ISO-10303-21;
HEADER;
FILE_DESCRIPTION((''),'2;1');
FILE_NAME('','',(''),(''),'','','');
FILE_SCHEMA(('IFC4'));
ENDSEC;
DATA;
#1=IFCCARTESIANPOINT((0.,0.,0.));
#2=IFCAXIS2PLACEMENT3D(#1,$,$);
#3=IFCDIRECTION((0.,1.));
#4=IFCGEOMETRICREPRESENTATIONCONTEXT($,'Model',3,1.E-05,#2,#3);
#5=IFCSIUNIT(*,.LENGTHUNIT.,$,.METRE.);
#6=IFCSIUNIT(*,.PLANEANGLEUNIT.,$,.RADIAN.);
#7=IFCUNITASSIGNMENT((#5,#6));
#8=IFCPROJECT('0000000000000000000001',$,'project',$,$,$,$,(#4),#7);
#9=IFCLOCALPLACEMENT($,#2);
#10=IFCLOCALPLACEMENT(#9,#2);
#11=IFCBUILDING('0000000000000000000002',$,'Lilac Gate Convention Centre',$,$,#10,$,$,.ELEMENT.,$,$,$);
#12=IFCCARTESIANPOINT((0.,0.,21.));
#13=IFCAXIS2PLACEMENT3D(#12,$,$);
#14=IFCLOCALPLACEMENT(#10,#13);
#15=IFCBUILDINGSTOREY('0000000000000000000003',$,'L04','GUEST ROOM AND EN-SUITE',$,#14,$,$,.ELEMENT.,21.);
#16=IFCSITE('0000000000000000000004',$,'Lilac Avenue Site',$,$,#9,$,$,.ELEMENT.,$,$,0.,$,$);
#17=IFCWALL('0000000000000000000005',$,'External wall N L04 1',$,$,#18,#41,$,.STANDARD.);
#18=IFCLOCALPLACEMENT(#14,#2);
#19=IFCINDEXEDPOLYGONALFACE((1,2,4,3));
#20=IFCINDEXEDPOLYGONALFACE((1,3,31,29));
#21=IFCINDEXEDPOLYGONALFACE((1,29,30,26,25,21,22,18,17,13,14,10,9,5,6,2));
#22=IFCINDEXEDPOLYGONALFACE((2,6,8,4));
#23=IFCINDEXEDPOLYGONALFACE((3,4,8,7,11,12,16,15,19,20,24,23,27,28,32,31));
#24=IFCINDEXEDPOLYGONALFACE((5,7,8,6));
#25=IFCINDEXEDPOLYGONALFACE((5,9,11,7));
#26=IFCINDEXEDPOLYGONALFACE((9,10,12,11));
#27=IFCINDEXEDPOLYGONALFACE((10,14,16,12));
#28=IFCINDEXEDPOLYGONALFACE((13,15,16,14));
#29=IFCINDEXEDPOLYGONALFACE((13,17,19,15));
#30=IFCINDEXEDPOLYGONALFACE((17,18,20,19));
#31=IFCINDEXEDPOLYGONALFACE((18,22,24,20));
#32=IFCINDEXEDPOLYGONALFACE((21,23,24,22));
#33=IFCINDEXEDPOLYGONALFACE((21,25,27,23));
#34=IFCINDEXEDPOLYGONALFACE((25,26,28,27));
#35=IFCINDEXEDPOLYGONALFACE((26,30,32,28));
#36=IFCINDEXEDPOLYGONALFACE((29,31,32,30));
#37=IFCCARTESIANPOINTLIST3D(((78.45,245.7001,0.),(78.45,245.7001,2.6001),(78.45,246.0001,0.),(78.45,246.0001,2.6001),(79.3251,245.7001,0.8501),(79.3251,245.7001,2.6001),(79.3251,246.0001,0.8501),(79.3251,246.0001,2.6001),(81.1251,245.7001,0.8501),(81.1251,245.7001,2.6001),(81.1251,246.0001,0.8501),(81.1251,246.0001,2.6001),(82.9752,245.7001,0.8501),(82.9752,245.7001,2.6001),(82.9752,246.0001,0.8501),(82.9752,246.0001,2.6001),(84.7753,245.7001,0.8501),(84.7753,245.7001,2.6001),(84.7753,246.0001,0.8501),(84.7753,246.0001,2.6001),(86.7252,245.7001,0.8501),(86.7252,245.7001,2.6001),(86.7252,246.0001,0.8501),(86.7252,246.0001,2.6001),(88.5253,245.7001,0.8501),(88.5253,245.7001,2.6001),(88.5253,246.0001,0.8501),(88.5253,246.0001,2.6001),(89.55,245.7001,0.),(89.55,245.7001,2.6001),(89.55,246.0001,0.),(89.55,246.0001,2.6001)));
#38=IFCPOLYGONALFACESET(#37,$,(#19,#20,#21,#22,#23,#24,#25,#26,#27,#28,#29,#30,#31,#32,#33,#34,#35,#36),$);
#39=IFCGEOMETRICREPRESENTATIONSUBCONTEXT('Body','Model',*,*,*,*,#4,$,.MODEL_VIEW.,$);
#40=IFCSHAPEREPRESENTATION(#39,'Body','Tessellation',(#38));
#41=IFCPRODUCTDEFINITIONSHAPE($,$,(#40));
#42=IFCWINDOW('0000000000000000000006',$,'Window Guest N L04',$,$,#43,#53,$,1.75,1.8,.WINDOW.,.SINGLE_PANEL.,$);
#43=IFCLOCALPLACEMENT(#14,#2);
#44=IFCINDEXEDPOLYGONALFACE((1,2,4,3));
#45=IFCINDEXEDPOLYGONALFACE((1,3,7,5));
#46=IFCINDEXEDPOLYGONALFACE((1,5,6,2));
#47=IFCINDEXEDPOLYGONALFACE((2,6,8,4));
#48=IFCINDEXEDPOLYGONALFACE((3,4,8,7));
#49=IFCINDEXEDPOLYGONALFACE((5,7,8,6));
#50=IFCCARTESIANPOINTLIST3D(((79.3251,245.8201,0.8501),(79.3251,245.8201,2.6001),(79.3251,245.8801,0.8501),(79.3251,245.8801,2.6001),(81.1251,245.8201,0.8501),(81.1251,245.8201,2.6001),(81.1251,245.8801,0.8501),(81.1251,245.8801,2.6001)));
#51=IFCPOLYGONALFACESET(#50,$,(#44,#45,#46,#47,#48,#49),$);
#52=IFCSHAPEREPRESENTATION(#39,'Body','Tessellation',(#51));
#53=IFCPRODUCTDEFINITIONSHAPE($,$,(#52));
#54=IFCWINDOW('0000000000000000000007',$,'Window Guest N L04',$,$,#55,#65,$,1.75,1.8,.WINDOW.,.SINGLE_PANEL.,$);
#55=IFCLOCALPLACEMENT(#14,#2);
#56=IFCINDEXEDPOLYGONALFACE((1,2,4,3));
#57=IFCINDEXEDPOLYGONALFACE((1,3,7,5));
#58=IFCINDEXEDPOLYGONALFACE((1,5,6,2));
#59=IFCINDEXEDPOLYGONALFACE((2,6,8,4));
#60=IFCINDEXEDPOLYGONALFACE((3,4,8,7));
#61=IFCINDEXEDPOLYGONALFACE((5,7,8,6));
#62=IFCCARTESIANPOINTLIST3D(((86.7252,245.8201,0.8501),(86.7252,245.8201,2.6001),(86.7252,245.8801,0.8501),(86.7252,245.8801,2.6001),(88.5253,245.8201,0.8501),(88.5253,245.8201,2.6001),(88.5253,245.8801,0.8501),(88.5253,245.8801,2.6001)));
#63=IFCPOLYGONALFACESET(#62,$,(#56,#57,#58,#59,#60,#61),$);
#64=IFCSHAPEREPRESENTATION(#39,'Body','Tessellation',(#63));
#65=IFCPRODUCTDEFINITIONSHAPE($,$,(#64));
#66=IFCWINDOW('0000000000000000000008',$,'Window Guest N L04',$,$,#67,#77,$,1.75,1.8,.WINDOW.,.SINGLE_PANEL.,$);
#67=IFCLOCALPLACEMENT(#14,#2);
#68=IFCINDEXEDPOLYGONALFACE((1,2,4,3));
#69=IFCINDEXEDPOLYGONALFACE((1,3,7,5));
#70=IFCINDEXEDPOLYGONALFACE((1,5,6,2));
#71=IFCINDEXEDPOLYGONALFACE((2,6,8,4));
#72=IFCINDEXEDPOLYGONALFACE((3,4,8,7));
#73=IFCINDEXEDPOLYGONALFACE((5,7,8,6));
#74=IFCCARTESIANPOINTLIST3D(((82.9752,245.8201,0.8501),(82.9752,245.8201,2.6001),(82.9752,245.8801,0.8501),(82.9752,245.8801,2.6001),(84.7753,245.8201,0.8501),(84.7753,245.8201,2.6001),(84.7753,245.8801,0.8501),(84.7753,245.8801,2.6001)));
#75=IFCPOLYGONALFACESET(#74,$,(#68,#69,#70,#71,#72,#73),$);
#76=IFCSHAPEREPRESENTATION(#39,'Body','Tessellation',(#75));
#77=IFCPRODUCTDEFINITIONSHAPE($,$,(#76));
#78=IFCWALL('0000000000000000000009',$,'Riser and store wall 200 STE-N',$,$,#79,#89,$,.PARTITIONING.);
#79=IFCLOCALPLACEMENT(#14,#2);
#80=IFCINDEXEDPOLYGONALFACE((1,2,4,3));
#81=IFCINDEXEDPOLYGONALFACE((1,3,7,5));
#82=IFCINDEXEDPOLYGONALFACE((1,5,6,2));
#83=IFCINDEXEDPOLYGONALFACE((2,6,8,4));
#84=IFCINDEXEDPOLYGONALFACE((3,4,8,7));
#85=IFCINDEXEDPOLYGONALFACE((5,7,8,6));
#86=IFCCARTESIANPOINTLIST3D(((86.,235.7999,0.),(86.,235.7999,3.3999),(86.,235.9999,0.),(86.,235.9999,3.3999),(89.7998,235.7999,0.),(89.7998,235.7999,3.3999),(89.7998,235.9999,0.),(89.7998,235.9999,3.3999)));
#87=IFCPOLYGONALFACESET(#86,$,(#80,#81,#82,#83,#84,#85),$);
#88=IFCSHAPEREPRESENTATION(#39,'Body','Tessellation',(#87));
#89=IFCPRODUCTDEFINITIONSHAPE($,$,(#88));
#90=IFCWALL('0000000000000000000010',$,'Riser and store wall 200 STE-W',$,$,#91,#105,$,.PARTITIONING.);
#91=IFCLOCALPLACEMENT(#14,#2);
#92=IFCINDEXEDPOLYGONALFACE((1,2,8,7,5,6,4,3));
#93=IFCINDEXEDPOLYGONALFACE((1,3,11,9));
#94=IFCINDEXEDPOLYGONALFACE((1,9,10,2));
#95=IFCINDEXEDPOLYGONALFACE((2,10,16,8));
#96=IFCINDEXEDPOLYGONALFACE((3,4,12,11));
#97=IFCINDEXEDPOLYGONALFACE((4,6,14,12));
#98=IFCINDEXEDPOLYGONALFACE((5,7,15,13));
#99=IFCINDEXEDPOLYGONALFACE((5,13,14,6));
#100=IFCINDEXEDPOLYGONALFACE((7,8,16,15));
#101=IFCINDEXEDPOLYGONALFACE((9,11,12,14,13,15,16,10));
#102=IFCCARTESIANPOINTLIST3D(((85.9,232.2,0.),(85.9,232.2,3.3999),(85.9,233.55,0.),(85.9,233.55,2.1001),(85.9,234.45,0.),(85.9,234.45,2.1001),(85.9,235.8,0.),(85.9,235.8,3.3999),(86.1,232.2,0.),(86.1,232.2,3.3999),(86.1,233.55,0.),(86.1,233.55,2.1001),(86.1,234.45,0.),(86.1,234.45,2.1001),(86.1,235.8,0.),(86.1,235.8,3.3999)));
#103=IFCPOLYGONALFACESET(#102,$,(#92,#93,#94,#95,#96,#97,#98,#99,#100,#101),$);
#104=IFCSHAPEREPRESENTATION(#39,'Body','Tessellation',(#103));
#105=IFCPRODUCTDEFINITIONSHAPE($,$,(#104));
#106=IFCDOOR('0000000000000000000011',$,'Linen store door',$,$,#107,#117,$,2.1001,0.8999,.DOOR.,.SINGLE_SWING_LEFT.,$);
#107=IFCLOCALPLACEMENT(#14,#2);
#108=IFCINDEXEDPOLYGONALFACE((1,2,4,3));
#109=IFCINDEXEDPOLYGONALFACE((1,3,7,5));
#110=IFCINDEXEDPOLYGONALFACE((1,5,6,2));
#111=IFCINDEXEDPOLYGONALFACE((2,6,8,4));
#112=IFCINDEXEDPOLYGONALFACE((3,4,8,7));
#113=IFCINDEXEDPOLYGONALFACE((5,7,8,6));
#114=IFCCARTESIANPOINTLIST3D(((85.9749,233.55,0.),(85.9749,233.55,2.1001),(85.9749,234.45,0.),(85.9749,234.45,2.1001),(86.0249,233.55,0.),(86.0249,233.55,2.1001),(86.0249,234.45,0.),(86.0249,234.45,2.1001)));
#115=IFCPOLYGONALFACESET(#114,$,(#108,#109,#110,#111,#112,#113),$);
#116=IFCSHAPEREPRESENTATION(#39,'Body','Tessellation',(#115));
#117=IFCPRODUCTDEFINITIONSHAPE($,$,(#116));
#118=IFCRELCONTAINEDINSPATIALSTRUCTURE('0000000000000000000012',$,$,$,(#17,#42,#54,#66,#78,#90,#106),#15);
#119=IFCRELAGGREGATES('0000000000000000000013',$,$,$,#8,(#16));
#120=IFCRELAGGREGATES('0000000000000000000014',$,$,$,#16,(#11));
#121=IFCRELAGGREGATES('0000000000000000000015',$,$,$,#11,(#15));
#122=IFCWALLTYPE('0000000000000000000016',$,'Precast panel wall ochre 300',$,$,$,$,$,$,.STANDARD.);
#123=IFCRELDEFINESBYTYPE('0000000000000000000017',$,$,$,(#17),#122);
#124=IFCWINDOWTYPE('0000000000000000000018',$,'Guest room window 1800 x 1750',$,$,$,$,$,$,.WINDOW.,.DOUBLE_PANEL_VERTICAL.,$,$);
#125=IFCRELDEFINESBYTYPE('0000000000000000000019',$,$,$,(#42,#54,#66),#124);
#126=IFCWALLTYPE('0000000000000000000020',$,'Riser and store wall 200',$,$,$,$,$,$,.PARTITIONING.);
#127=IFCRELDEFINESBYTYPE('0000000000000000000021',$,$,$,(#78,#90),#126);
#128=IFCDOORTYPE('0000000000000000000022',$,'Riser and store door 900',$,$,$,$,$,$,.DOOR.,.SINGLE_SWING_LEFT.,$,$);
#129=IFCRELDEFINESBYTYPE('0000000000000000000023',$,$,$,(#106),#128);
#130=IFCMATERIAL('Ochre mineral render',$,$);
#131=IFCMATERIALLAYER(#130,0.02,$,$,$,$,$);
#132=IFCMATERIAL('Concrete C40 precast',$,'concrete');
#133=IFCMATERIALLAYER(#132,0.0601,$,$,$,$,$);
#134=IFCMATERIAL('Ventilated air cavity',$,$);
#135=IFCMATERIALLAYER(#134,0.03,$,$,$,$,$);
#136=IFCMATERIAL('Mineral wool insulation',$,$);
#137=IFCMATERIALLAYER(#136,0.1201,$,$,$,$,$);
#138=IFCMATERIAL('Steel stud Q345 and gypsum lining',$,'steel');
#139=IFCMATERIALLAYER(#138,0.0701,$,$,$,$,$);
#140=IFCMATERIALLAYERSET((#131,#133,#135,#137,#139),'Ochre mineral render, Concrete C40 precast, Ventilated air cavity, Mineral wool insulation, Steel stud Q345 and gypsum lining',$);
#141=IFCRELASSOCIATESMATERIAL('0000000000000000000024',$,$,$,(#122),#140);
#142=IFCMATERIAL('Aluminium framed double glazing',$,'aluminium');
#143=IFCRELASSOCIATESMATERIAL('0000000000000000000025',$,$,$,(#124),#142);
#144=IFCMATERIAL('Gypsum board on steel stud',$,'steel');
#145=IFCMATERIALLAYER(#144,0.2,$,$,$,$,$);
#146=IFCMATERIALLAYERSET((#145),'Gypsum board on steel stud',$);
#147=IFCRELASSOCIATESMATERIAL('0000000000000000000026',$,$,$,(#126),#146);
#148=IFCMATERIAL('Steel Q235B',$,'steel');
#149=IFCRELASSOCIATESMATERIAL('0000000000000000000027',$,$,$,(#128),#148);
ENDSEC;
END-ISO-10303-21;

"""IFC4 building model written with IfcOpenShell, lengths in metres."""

from ifc_helpers import new_model, si_unit, direction, frame, frame_2d, origin, place, context, subcontext, project, spatial, rectangle, extrude, material, layer, layer_set, type_object, element, fill, save


model = new_model("IFC4")

# Units and contexts
model_context = context("Model", 3, precision=1e-05, world=origin(), true_north=direction((0.0, 1.0)))
body_context = subcontext(model_context, "Body", "Model", "MODEL_VIEW")
ifc_project = project(units=[si_unit("LENGTHUNIT", "METRE"), si_unit("PLANEANGLEUNIT", "RADIAN")], contexts=[model_context])

# Site, building, storey
site_placement = place(None, origin())
site = spatial("IfcSite", under=ifc_project, at=site_placement, Name="Lilac Avenue Site", CompositionType="ELEMENT", RefElevation=0.0)
building_placement = place(site_placement, origin())
building = spatial("IfcBuilding", under=site, at=building_placement, Name="Lilac Gate Convention Centre", CompositionType="ELEMENT")
storey_placement = place(building_placement, frame((0.0, 0.0, 21.0)))
storey = spatial("IfcBuildingStorey", under=building, at=storey_placement, Name="L04", Description="GUEST ROOM AND EN-SUITE", CompositionType="ELEMENT", Elevation=21.0)

# Shared definitions
ifc_material_1 = material(Name="Aluminium framed double glazing", Category="aluminium")

# Shared definitions
ifc_material_2 = material(Name="Gypsum board on steel stud", Category="steel")

# Shared definitions
ifc_material_3 = material(Name="Concrete C40 precast", Category="concrete")
ifc_material_4 = material(Name="Ochre mineral render")

# Wall, openings, windows
ifc_layer_1 = layer(ifc_material_4, 0.02)
ifc_layer_2 = layer(ifc_material_3, 0.0601)
ifc_material_5 = material(Name="Ventilated air cavity")
ifc_layer_3 = layer(ifc_material_5, 0.03)
ifc_material_6 = material(Name="Mineral wool insulation")
ifc_layer_4 = layer(ifc_material_6, 0.1201)
ifc_material_7 = material(Name="Steel stud Q345 and gypsum lining", Category="steel")
ifc_layer_5 = layer(ifc_material_7, 0.0701)
ifc_layer_set_1 = layer_set([ifc_layer_1, ifc_layer_2, ifc_layer_3, ifc_layer_4, ifc_layer_5], Name="Ochre mineral render, Concrete C40 precast, Ventilated air cavity, Mineral wool insulation, Steel stud Q345 and gypsum lining")
wall_type_1 = type_object("IfcWallType", Name="Precast panel wall ochre 300", PredefinedType="STANDARD", material=ifc_layer_set_1)
wall_1_placement = place(storey_placement, frame((89.55, 245.8501, 0.0), z_axis=(0.0, 0.0, 1.0), x_axis=(-1.0, 0.0, 0.0)))
wall_1 = element("IfcWall", 1, at=wall_1_placement, inside=storey, type_object=wall_type_1, Name="External wall N L04 1", PredefinedType="STANDARD", context=body_context, shape_type="SweptSolid", body=[
    extrude(rectangle(XDim=11.1001, YDim=0.3, at=frame_2d((5.55, 0.0))), origin(), (0.0, 0.0, 1.0), 2.6001),
])
opening_1_placement = place(wall_1_placement, frame((8.425, 0.0, 0.8501)))
opening_1 = element("IfcOpeningElement", 2, at=opening_1_placement, cuts=wall_1, PredefinedType="OPENING", context=body_context, shape_type="SweptSolid", body=[
    extrude(rectangle(XDim=1.8, YDim=1.75, at=frame_2d((0.8999, 0.875))), frame((0.0, 0.1599, 0.0), z_axis=(0.0, -1.0, 0.0), x_axis=(1.0, 0.0, 0.0)), (0.0, 0.0, 1.0), 0.3201),
])
opening_2_placement = place(wall_1_placement, frame((1.0249, 0.0, 0.8501)))
opening_2 = element("IfcOpeningElement", 3, at=opening_2_placement, cuts=wall_1, PredefinedType="OPENING", context=body_context, shape_type="SweptSolid", body=[
    extrude(rectangle(XDim=1.8, YDim=1.75, at=frame_2d((0.8999, 0.875))), frame((0.0, 0.1599, 0.0), z_axis=(0.0, -1.0, 0.0), x_axis=(1.0, 0.0, 0.0)), (0.0, 0.0, 1.0), 0.3201),
])
opening_3_placement = place(wall_1_placement, frame((4.7749, 0.0, 0.8501)))
opening_3 = element("IfcOpeningElement", 4, at=opening_3_placement, cuts=wall_1, PredefinedType="OPENING", context=body_context, shape_type="SweptSolid", body=[
    extrude(rectangle(XDim=1.8, YDim=1.75, at=frame_2d((0.8999, 0.875))), frame((0.0, 0.1599, 0.0), z_axis=(0.0, -1.0, 0.0), x_axis=(1.0, 0.0, 0.0)), (0.0, 0.0, 1.0), 0.3201),
])
window_type = type_object("IfcWindowType", Name="Guest room window 1800 x 1750", PartitioningType="DOUBLE_PANEL_VERTICAL", PredefinedType="WINDOW", material=ifc_material_1)
window_1_placement = place(opening_1_placement, origin())
window_1 = element("IfcWindow", 5, at=window_1_placement, inside=storey, type_object=window_type, Name="Window Guest N L04", OverallHeight=1.75, OverallWidth=1.8, PartitioningType="SINGLE_PANEL", PredefinedType="WINDOW", context=body_context, shape_type="SweptSolid", body=[
    extrude(rectangle(XDim=1.8, YDim=1.75, at=frame_2d((0.8999, 0.875))), frame((0.0, 0.03, 0.0), z_axis=(0.0, -1.0, 0.0), x_axis=(1.0, 0.0, 0.0)), (0.0, 0.0, 1.0), 0.0601),
])
fill(opening_1, window_1)
window_2_placement = place(opening_2_placement, origin())
window_2 = element("IfcWindow", 6, at=window_2_placement, inside=storey, type_object=window_type, Name="Window Guest N L04", OverallHeight=1.75, OverallWidth=1.8, PartitioningType="SINGLE_PANEL", PredefinedType="WINDOW", context=body_context, shape_type="SweptSolid", body=[
    extrude(rectangle(XDim=1.8, YDim=1.75, at=frame_2d((0.8999, 0.875))), frame((0.0, 0.03, 0.0), z_axis=(0.0, -1.0, 0.0), x_axis=(1.0, 0.0, 0.0)), (0.0, 0.0, 1.0), 0.0601),
])
fill(opening_2, window_2)
window_3_placement = place(opening_3_placement, origin())
window_3 = element("IfcWindow", 7, at=window_3_placement, inside=storey, type_object=window_type, Name="Window Guest N L04", OverallHeight=1.75, OverallWidth=1.8, PartitioningType="SINGLE_PANEL", PredefinedType="WINDOW", context=body_context, shape_type="SweptSolid", body=[
    extrude(rectangle(XDim=1.8, YDim=1.75, at=frame_2d((0.8999, 0.875))), frame((0.0, 0.03, 0.0), z_axis=(0.0, -1.0, 0.0), x_axis=(1.0, 0.0, 0.0)), (0.0, 0.0, 1.0), 0.0601),
])
fill(opening_3, window_3)

# Wall
ifc_layer_6 = layer(ifc_material_2, 0.2)
ifc_layer_set_2 = layer_set([ifc_layer_6], Name="Gypsum board on steel stud")
wall_type_2 = type_object("IfcWallType", Name="Riser and store wall 200", PredefinedType="PARTITIONING", material=ifc_layer_set_2)
wall_2_placement = place(storey_placement, frame((86.0, 235.8999, 0.0), z_axis=(0.0, 0.0, 1.0), x_axis=(1.0, 0.0, 0.0)))
element("IfcWall", 8, at=wall_2_placement, inside=storey, type_object=wall_type_2, Name="Riser and store wall 200 STE-N", PredefinedType="PARTITIONING", context=body_context, shape_type="SweptSolid", body=[
    extrude(rectangle(XDim=3.7998, YDim=0.2, at=frame_2d((1.8999, 0.0))), origin(), (0.0, 0.0, 1.0), 3.3999),
])

# Wall, opening, door
wall_3_placement = place(storey_placement, frame((86.0, 235.8, 0.0), z_axis=(0.0, 0.0, 1.0), x_axis=(0.0, -1.0, 0.0)))
wall_3 = element("IfcWall", 9, at=wall_3_placement, inside=storey, type_object=wall_type_2, Name="Riser and store wall 200 STE-W", PredefinedType="PARTITIONING", context=body_context, shape_type="SweptSolid", body=[
    extrude(rectangle(XDim=3.6001, YDim=0.2, at=frame_2d((1.8, 0.0))), origin(), (0.0, 0.0, 1.0), 3.3999),
])
opening_4_placement = place(wall_3_placement, frame((1.3501, 0.0, 0.0)))
opening_4 = element("IfcOpeningElement", 10, at=opening_4_placement, cuts=wall_3, PredefinedType="OPENING", context=body_context, shape_type="SweptSolid", body=[
    extrude(rectangle(XDim=0.8999, YDim=2.1001, at=frame_2d((0.45, 1.05))), frame((0.0, 0.1099, 0.0), z_axis=(0.0, -1.0, 0.0), x_axis=(1.0, 0.0, 0.0)), (0.0, 0.0, 1.0), 0.22),
])
ifc_material_8 = material(Name="Steel Q235B", Category="steel")
door_type_1 = type_object("IfcDoorType", Name="Riser and store door 900", OperationType="SINGLE_SWING_LEFT", PredefinedType="DOOR", material=ifc_material_8)
door_1_placement = place(opening_4_placement, origin())
door_1 = element("IfcDoor", 11, at=door_1_placement, inside=storey, type_object=door_type_1, Name="Linen store door", OperationType="SINGLE_SWING_LEFT", OverallHeight=2.1001, OverallWidth=0.8999, PredefinedType="DOOR", context=body_context, shape_type="SweptSolid", body=[
    extrude(rectangle(XDim=0.8999, YDim=2.1001, at=frame_2d((0.45, 1.05))), frame((0.0, 0.0249, 0.0), z_axis=(0.0, -1.0, 0.0), x_axis=(1.0, 0.0, 0.0)), (0.0, 0.0, 1.0), 0.05),
])
fill(opening_4, door_1)

save(model, "model.ifc")
